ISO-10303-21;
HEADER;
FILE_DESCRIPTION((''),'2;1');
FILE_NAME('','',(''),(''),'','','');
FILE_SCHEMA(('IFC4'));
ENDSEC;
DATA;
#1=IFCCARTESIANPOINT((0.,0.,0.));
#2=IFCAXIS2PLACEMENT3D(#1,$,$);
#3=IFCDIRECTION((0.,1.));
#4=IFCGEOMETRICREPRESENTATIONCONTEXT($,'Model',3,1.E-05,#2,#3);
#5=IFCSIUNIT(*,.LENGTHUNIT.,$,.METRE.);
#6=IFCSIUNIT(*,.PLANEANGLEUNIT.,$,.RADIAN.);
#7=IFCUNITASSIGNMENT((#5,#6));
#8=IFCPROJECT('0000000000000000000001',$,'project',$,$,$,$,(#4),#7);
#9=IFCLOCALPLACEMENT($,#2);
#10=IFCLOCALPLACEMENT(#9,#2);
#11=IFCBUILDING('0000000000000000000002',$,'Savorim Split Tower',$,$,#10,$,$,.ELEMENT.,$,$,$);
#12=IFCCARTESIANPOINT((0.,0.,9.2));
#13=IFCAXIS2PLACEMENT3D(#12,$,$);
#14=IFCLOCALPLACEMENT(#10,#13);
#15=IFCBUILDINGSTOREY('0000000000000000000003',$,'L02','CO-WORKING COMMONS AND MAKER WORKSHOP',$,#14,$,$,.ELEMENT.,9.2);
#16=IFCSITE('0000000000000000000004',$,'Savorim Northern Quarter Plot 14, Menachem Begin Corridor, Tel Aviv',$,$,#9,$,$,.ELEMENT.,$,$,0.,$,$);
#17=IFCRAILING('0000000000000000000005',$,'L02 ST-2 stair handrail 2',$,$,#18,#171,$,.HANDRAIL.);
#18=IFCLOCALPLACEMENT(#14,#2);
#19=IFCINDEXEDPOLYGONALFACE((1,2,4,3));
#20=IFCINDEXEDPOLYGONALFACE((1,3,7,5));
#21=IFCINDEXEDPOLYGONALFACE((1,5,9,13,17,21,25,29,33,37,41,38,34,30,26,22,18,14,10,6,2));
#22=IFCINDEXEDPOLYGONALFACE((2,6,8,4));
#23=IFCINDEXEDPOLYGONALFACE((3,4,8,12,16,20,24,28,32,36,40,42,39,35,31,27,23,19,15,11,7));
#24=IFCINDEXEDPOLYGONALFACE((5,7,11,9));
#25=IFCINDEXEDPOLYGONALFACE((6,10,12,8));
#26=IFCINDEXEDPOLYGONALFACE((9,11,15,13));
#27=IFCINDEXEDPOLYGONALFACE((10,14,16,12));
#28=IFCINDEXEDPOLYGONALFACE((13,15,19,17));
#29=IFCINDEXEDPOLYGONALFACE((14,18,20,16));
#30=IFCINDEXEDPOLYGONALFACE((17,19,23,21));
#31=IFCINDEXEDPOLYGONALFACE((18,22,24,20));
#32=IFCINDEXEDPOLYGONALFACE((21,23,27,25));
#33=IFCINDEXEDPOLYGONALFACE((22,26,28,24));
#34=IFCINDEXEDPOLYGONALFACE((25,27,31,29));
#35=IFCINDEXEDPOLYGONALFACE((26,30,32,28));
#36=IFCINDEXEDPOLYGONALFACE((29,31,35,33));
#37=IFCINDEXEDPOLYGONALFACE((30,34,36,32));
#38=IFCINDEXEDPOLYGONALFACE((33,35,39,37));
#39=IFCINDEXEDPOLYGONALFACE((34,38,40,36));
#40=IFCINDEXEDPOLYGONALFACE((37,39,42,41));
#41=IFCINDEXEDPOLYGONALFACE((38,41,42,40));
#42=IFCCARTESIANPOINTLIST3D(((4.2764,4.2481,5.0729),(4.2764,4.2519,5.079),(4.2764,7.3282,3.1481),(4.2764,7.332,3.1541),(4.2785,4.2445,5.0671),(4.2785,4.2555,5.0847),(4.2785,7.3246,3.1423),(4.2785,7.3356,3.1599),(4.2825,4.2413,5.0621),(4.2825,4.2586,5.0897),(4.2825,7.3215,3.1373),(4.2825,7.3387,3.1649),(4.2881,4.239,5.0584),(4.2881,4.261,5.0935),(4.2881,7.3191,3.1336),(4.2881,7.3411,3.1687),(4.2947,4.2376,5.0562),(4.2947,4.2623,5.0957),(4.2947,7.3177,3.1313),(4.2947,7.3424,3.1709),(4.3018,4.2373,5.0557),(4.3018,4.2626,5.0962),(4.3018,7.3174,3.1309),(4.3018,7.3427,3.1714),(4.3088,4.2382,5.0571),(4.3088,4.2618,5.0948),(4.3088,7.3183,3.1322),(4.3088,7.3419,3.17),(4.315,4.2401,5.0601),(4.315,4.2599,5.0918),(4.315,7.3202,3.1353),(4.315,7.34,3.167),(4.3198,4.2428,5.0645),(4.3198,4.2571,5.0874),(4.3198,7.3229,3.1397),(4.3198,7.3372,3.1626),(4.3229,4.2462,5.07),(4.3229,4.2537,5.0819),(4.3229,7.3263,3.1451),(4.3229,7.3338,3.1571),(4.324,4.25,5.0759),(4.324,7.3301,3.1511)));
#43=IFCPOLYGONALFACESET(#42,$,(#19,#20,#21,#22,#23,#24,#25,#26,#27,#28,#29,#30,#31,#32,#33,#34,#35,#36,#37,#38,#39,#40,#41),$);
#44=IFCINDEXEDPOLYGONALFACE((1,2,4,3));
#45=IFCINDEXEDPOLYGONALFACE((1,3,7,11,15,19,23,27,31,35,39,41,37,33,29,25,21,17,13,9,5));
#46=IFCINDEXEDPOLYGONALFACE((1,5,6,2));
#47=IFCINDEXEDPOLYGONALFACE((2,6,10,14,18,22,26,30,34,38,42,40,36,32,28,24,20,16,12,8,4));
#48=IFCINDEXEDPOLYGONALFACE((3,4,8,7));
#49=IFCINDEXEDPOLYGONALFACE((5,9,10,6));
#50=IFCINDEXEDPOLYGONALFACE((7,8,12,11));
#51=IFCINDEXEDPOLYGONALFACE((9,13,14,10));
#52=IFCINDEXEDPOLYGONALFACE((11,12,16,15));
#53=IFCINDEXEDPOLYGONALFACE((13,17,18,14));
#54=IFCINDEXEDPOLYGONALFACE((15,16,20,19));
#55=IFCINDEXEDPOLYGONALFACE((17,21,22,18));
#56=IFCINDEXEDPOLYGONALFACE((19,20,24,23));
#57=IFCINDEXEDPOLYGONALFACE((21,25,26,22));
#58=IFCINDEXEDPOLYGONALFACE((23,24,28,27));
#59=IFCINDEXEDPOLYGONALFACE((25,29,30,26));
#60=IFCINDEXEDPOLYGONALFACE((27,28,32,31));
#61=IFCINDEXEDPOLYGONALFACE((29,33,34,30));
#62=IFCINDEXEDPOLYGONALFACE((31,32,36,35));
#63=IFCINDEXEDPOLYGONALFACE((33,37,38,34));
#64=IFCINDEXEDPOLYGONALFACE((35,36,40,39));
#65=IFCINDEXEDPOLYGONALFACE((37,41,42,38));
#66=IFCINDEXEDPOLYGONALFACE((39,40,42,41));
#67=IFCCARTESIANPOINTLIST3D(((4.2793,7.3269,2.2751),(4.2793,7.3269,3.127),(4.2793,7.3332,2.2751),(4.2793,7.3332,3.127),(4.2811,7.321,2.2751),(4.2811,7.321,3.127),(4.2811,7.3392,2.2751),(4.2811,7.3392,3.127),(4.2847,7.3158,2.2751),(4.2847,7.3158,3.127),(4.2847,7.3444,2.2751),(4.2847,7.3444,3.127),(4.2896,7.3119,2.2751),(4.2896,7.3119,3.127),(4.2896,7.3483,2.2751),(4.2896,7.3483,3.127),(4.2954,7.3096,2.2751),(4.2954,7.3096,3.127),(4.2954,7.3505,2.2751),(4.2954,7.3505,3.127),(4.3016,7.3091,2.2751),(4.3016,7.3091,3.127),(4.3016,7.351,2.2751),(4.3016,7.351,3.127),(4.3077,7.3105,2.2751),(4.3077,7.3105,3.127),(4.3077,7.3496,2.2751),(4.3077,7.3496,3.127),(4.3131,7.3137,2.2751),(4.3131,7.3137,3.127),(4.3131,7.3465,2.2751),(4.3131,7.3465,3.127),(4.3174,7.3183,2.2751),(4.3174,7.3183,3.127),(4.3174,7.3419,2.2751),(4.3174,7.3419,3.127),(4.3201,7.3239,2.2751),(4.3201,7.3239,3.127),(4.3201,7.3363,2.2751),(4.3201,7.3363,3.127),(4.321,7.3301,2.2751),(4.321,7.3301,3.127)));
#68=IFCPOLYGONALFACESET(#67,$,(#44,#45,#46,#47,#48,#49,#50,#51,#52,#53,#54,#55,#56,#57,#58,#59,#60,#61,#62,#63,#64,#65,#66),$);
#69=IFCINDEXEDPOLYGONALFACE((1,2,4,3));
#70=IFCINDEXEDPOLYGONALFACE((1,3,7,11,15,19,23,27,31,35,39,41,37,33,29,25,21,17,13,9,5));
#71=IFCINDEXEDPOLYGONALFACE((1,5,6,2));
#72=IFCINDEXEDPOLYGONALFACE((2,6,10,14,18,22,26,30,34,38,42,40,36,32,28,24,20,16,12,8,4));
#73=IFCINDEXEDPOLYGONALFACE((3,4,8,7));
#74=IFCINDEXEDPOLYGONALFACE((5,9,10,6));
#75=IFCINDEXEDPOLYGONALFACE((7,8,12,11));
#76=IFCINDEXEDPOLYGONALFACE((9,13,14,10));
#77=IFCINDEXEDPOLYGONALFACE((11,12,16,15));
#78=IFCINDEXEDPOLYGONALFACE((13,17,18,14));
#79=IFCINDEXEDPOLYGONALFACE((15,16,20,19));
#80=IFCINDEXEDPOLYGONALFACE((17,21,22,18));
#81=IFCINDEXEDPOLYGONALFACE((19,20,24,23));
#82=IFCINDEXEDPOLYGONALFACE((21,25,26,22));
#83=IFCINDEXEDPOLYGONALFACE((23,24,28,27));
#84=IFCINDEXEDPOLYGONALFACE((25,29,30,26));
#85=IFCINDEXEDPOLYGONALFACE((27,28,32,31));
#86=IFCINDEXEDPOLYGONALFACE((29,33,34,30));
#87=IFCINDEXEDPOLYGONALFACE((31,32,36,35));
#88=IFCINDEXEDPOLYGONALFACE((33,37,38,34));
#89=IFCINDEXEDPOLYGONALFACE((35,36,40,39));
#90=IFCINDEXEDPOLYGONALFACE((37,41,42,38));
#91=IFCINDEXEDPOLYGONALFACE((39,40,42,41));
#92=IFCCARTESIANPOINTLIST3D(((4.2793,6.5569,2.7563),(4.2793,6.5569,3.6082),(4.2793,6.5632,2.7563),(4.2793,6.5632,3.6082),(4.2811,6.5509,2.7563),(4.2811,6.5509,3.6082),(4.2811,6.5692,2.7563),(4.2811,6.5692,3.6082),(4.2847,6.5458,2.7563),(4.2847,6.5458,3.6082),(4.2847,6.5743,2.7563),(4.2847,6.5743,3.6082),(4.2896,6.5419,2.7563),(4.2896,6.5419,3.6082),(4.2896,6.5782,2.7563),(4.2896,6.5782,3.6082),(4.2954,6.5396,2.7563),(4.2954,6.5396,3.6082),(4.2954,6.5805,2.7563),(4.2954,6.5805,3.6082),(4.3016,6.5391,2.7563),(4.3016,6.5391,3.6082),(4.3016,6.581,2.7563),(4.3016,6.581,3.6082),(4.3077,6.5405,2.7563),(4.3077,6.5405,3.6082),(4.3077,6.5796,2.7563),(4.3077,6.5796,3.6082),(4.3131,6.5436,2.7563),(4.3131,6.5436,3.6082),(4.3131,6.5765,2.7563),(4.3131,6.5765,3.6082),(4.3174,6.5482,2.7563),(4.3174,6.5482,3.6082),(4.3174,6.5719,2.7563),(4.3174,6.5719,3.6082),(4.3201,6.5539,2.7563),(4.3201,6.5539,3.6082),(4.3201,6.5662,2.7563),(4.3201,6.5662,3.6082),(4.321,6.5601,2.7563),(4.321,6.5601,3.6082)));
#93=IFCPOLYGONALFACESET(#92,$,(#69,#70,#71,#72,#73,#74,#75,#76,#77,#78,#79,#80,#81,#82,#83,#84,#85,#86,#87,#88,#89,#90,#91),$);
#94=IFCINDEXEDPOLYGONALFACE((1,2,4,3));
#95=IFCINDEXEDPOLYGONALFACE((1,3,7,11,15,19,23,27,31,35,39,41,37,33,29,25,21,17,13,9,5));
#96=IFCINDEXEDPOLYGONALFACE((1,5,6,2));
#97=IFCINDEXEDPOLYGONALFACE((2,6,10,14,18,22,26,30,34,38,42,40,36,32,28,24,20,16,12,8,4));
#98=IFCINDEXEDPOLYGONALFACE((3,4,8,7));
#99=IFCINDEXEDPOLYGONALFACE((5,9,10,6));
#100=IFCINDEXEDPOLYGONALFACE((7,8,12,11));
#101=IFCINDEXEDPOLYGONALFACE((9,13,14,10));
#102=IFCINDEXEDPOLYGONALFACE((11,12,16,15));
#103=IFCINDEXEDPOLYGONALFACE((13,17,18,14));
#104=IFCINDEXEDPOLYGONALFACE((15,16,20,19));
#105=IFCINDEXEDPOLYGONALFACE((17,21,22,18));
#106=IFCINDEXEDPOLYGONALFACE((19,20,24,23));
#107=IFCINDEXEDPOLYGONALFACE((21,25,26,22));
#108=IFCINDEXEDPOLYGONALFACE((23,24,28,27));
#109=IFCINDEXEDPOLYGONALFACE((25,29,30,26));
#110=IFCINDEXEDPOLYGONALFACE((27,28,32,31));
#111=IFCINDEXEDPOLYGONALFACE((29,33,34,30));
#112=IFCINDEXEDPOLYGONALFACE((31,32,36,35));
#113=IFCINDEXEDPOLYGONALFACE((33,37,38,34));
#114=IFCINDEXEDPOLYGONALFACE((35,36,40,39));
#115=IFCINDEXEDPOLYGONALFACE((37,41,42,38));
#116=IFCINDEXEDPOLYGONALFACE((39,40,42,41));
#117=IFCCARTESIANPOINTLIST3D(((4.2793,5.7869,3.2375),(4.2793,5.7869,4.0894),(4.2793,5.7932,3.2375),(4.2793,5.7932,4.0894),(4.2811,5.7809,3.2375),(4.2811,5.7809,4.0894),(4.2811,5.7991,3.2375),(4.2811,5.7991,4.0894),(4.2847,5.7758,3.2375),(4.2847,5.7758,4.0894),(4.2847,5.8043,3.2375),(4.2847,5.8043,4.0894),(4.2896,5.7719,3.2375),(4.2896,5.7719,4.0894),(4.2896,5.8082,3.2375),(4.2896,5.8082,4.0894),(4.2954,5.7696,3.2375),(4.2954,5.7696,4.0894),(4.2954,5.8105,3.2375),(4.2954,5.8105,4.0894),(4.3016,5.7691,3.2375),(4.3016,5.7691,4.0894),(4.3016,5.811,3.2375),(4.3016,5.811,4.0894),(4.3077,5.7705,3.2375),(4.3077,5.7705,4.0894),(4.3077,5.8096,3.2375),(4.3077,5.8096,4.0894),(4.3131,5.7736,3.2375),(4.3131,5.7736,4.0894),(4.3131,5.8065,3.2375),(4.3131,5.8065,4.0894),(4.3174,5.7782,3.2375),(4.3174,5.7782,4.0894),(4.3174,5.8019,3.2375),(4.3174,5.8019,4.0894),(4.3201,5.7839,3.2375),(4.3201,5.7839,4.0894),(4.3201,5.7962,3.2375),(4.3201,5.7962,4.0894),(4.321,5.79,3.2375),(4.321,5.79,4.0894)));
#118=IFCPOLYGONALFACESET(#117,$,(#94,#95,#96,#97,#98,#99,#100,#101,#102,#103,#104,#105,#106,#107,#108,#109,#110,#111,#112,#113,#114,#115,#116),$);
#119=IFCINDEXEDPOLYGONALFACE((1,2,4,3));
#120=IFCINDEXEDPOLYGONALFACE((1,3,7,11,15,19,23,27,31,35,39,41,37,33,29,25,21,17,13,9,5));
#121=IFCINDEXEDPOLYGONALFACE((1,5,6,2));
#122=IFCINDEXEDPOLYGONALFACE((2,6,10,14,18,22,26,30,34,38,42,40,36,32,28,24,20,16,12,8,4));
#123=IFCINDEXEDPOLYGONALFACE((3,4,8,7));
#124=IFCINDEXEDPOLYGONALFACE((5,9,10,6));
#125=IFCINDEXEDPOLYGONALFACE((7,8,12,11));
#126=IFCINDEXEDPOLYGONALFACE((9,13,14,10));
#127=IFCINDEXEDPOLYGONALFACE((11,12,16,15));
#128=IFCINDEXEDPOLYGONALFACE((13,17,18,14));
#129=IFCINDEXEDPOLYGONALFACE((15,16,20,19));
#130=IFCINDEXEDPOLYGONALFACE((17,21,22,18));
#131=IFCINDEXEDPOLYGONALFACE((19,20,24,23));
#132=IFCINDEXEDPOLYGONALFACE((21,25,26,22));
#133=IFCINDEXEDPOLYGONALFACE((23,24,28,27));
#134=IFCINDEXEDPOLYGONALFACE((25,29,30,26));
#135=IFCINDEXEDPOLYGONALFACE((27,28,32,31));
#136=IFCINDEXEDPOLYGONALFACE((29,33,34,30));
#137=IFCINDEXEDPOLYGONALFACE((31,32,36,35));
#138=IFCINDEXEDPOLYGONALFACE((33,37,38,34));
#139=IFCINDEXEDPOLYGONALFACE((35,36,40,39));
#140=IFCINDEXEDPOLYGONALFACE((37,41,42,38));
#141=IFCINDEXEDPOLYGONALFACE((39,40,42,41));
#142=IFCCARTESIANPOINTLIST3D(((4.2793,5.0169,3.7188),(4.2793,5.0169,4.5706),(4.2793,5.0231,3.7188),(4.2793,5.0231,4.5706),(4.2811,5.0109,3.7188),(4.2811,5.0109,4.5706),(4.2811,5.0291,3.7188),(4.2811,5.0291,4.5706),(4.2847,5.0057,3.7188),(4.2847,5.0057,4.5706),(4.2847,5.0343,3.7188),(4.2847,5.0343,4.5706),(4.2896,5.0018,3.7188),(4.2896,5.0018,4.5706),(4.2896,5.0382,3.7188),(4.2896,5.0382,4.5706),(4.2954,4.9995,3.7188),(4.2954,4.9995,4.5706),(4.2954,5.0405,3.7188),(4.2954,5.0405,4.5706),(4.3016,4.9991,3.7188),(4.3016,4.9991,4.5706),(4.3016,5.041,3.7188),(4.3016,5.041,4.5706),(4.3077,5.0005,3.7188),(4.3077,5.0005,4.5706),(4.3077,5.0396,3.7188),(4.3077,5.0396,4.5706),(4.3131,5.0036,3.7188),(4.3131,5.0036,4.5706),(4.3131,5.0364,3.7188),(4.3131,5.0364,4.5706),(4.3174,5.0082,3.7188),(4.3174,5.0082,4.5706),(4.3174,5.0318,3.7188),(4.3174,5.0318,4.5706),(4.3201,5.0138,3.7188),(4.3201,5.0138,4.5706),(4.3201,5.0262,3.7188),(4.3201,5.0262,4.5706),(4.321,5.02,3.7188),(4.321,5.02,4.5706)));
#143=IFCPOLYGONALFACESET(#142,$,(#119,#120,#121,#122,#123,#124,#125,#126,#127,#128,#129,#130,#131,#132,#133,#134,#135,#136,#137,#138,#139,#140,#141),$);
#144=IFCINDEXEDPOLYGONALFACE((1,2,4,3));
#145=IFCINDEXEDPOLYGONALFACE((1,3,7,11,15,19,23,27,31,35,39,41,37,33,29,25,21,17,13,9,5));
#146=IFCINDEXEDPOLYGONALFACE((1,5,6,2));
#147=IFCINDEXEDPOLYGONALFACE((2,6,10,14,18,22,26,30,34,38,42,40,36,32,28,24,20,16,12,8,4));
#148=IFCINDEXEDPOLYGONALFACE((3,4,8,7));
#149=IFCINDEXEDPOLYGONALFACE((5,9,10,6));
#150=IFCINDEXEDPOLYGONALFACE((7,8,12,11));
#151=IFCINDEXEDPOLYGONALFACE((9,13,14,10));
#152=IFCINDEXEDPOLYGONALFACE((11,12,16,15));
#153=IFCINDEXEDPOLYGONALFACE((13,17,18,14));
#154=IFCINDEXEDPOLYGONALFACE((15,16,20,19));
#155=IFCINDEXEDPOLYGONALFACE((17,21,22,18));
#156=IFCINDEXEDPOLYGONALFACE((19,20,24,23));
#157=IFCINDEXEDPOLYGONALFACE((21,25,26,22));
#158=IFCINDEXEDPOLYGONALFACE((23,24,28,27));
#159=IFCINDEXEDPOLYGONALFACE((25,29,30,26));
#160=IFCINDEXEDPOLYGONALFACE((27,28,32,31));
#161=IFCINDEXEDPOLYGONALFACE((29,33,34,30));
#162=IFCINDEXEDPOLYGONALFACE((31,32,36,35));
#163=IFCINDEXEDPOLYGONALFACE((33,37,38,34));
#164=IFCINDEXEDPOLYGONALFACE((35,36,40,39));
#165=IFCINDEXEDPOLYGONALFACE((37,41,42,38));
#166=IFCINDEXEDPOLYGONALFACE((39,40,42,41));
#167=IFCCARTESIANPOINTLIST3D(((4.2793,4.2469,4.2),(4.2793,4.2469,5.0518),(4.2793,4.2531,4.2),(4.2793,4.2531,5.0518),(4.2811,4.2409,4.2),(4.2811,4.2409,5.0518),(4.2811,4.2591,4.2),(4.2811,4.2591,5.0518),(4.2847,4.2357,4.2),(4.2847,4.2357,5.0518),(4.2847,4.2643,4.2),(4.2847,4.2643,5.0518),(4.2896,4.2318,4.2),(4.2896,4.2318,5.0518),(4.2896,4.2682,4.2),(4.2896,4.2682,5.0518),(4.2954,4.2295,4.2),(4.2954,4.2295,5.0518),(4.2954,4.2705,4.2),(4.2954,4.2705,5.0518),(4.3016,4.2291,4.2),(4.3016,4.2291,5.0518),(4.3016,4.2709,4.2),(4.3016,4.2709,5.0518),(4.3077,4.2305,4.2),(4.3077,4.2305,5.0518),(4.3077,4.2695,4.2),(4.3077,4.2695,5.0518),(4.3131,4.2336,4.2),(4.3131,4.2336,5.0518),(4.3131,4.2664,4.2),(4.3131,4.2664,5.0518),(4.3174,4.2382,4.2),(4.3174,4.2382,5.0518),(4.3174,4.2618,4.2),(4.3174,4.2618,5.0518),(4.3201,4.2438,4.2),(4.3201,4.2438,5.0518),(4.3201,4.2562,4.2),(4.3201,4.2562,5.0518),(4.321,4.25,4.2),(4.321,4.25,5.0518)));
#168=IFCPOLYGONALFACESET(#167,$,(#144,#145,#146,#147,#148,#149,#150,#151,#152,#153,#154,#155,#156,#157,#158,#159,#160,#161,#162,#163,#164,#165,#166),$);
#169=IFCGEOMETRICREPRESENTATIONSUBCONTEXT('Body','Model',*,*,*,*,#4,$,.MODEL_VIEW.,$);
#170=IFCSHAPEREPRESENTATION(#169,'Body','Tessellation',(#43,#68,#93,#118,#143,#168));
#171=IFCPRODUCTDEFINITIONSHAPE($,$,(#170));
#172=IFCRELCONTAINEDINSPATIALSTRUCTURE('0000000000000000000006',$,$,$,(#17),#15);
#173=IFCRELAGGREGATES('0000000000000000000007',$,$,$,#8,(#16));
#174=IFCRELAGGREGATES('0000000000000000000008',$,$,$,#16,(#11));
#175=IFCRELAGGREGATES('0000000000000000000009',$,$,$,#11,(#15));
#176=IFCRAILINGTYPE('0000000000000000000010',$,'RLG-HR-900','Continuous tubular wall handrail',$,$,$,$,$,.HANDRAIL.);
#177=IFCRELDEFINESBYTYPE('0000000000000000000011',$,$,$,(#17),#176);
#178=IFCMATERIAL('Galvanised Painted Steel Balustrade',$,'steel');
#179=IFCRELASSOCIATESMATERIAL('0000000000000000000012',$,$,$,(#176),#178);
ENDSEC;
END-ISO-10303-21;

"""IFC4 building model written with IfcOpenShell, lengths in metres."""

from ifc_helpers import new_model, si_unit, direction, frame, origin, origin_2d, place, context, subcontext, project, spatial, circle, extrude, material, type_object, element, save


model = new_model("IFC4")

# Units and contexts
model_context = context("Model", 3, precision=1e-05, world=origin(), true_north=direction((0.0, 1.0)))
body_context = subcontext(model_context, "Body", "Model", "MODEL_VIEW")
ifc_project = project(units=[si_unit("LENGTHUNIT", "METRE"), si_unit("PLANEANGLEUNIT", "RADIAN")], contexts=[model_context])

# Site, building, storey
site_placement = place(None, origin())
site = spatial("IfcSite", under=ifc_project, at=site_placement, Name="Savorim Northern Quarter Plot 14, Menachem Begin Corridor, Tel Aviv", CompositionType="ELEMENT", RefElevation=0.0)
building_placement = place(site_placement, origin())
building = spatial("IfcBuilding", under=site, at=building_placement, Name="Savorim Split Tower", CompositionType="ELEMENT")
storey_placement = place(building_placement, frame((0.0, 0.0, 9.2)))
storey = spatial("IfcBuildingStorey", under=building, at=storey_placement, Name="L02", Description="CO-WORKING COMMONS AND MAKER WORKSHOP", CompositionType="ELEMENT", Elevation=9.2)

# Railing
ifc_material_1 = material(Name="Galvanised Painted Steel Balustrade", Category="steel")
railing_type_1 = type_object("IfcRailingType", Name="RLG-HR-900", Description="Continuous tubular wall handrail", PredefinedType="HANDRAIL", material=ifc_material_1)
railing_1_placement = place(storey_placement, frame((4.3, 7.3301, 2.2751)))
element("IfcRailing", 1, at=railing_1_placement, inside=storey, type_object=railing_type_1, Name="L02 ST-2 stair handrail 2", PredefinedType="HANDRAIL", context=body_context, shape_type="SweptSolid", body=[
    extrude(circle(Radius=0.0239, at=origin_2d()), frame((0.0, 0.0, 0.876), z_axis=(0.0, -0.848029, 0.529951), x_axis=(1.0, 0.0, 0.0)), (0.0, 0.0, 1.0), 3.6321),
    extrude(circle(Radius=0.021, at=origin_2d()), origin(), (0.0, 0.0, 1.0), 0.8518),
    extrude(circle(Radius=0.021, at=origin_2d()), frame((0.0, -0.77, 0.4812)), (0.0, 0.0, 1.0), 0.8518),
    extrude(circle(Radius=0.021, at=origin_2d()), frame((0.0, -1.54, 0.9624)), (0.0, 0.0, 1.0), 0.8518),
    extrude(circle(Radius=0.021, at=origin_2d()), frame((0.0, -2.3101, 1.4436)), (0.0, 0.0, 1.0), 0.8518),
    extrude(circle(Radius=0.021, at=origin_2d()), frame((0.0, -3.0801, 1.9248)), (0.0, 0.0, 1.0), 0.8518),
])

save(model, "model.ifc")
